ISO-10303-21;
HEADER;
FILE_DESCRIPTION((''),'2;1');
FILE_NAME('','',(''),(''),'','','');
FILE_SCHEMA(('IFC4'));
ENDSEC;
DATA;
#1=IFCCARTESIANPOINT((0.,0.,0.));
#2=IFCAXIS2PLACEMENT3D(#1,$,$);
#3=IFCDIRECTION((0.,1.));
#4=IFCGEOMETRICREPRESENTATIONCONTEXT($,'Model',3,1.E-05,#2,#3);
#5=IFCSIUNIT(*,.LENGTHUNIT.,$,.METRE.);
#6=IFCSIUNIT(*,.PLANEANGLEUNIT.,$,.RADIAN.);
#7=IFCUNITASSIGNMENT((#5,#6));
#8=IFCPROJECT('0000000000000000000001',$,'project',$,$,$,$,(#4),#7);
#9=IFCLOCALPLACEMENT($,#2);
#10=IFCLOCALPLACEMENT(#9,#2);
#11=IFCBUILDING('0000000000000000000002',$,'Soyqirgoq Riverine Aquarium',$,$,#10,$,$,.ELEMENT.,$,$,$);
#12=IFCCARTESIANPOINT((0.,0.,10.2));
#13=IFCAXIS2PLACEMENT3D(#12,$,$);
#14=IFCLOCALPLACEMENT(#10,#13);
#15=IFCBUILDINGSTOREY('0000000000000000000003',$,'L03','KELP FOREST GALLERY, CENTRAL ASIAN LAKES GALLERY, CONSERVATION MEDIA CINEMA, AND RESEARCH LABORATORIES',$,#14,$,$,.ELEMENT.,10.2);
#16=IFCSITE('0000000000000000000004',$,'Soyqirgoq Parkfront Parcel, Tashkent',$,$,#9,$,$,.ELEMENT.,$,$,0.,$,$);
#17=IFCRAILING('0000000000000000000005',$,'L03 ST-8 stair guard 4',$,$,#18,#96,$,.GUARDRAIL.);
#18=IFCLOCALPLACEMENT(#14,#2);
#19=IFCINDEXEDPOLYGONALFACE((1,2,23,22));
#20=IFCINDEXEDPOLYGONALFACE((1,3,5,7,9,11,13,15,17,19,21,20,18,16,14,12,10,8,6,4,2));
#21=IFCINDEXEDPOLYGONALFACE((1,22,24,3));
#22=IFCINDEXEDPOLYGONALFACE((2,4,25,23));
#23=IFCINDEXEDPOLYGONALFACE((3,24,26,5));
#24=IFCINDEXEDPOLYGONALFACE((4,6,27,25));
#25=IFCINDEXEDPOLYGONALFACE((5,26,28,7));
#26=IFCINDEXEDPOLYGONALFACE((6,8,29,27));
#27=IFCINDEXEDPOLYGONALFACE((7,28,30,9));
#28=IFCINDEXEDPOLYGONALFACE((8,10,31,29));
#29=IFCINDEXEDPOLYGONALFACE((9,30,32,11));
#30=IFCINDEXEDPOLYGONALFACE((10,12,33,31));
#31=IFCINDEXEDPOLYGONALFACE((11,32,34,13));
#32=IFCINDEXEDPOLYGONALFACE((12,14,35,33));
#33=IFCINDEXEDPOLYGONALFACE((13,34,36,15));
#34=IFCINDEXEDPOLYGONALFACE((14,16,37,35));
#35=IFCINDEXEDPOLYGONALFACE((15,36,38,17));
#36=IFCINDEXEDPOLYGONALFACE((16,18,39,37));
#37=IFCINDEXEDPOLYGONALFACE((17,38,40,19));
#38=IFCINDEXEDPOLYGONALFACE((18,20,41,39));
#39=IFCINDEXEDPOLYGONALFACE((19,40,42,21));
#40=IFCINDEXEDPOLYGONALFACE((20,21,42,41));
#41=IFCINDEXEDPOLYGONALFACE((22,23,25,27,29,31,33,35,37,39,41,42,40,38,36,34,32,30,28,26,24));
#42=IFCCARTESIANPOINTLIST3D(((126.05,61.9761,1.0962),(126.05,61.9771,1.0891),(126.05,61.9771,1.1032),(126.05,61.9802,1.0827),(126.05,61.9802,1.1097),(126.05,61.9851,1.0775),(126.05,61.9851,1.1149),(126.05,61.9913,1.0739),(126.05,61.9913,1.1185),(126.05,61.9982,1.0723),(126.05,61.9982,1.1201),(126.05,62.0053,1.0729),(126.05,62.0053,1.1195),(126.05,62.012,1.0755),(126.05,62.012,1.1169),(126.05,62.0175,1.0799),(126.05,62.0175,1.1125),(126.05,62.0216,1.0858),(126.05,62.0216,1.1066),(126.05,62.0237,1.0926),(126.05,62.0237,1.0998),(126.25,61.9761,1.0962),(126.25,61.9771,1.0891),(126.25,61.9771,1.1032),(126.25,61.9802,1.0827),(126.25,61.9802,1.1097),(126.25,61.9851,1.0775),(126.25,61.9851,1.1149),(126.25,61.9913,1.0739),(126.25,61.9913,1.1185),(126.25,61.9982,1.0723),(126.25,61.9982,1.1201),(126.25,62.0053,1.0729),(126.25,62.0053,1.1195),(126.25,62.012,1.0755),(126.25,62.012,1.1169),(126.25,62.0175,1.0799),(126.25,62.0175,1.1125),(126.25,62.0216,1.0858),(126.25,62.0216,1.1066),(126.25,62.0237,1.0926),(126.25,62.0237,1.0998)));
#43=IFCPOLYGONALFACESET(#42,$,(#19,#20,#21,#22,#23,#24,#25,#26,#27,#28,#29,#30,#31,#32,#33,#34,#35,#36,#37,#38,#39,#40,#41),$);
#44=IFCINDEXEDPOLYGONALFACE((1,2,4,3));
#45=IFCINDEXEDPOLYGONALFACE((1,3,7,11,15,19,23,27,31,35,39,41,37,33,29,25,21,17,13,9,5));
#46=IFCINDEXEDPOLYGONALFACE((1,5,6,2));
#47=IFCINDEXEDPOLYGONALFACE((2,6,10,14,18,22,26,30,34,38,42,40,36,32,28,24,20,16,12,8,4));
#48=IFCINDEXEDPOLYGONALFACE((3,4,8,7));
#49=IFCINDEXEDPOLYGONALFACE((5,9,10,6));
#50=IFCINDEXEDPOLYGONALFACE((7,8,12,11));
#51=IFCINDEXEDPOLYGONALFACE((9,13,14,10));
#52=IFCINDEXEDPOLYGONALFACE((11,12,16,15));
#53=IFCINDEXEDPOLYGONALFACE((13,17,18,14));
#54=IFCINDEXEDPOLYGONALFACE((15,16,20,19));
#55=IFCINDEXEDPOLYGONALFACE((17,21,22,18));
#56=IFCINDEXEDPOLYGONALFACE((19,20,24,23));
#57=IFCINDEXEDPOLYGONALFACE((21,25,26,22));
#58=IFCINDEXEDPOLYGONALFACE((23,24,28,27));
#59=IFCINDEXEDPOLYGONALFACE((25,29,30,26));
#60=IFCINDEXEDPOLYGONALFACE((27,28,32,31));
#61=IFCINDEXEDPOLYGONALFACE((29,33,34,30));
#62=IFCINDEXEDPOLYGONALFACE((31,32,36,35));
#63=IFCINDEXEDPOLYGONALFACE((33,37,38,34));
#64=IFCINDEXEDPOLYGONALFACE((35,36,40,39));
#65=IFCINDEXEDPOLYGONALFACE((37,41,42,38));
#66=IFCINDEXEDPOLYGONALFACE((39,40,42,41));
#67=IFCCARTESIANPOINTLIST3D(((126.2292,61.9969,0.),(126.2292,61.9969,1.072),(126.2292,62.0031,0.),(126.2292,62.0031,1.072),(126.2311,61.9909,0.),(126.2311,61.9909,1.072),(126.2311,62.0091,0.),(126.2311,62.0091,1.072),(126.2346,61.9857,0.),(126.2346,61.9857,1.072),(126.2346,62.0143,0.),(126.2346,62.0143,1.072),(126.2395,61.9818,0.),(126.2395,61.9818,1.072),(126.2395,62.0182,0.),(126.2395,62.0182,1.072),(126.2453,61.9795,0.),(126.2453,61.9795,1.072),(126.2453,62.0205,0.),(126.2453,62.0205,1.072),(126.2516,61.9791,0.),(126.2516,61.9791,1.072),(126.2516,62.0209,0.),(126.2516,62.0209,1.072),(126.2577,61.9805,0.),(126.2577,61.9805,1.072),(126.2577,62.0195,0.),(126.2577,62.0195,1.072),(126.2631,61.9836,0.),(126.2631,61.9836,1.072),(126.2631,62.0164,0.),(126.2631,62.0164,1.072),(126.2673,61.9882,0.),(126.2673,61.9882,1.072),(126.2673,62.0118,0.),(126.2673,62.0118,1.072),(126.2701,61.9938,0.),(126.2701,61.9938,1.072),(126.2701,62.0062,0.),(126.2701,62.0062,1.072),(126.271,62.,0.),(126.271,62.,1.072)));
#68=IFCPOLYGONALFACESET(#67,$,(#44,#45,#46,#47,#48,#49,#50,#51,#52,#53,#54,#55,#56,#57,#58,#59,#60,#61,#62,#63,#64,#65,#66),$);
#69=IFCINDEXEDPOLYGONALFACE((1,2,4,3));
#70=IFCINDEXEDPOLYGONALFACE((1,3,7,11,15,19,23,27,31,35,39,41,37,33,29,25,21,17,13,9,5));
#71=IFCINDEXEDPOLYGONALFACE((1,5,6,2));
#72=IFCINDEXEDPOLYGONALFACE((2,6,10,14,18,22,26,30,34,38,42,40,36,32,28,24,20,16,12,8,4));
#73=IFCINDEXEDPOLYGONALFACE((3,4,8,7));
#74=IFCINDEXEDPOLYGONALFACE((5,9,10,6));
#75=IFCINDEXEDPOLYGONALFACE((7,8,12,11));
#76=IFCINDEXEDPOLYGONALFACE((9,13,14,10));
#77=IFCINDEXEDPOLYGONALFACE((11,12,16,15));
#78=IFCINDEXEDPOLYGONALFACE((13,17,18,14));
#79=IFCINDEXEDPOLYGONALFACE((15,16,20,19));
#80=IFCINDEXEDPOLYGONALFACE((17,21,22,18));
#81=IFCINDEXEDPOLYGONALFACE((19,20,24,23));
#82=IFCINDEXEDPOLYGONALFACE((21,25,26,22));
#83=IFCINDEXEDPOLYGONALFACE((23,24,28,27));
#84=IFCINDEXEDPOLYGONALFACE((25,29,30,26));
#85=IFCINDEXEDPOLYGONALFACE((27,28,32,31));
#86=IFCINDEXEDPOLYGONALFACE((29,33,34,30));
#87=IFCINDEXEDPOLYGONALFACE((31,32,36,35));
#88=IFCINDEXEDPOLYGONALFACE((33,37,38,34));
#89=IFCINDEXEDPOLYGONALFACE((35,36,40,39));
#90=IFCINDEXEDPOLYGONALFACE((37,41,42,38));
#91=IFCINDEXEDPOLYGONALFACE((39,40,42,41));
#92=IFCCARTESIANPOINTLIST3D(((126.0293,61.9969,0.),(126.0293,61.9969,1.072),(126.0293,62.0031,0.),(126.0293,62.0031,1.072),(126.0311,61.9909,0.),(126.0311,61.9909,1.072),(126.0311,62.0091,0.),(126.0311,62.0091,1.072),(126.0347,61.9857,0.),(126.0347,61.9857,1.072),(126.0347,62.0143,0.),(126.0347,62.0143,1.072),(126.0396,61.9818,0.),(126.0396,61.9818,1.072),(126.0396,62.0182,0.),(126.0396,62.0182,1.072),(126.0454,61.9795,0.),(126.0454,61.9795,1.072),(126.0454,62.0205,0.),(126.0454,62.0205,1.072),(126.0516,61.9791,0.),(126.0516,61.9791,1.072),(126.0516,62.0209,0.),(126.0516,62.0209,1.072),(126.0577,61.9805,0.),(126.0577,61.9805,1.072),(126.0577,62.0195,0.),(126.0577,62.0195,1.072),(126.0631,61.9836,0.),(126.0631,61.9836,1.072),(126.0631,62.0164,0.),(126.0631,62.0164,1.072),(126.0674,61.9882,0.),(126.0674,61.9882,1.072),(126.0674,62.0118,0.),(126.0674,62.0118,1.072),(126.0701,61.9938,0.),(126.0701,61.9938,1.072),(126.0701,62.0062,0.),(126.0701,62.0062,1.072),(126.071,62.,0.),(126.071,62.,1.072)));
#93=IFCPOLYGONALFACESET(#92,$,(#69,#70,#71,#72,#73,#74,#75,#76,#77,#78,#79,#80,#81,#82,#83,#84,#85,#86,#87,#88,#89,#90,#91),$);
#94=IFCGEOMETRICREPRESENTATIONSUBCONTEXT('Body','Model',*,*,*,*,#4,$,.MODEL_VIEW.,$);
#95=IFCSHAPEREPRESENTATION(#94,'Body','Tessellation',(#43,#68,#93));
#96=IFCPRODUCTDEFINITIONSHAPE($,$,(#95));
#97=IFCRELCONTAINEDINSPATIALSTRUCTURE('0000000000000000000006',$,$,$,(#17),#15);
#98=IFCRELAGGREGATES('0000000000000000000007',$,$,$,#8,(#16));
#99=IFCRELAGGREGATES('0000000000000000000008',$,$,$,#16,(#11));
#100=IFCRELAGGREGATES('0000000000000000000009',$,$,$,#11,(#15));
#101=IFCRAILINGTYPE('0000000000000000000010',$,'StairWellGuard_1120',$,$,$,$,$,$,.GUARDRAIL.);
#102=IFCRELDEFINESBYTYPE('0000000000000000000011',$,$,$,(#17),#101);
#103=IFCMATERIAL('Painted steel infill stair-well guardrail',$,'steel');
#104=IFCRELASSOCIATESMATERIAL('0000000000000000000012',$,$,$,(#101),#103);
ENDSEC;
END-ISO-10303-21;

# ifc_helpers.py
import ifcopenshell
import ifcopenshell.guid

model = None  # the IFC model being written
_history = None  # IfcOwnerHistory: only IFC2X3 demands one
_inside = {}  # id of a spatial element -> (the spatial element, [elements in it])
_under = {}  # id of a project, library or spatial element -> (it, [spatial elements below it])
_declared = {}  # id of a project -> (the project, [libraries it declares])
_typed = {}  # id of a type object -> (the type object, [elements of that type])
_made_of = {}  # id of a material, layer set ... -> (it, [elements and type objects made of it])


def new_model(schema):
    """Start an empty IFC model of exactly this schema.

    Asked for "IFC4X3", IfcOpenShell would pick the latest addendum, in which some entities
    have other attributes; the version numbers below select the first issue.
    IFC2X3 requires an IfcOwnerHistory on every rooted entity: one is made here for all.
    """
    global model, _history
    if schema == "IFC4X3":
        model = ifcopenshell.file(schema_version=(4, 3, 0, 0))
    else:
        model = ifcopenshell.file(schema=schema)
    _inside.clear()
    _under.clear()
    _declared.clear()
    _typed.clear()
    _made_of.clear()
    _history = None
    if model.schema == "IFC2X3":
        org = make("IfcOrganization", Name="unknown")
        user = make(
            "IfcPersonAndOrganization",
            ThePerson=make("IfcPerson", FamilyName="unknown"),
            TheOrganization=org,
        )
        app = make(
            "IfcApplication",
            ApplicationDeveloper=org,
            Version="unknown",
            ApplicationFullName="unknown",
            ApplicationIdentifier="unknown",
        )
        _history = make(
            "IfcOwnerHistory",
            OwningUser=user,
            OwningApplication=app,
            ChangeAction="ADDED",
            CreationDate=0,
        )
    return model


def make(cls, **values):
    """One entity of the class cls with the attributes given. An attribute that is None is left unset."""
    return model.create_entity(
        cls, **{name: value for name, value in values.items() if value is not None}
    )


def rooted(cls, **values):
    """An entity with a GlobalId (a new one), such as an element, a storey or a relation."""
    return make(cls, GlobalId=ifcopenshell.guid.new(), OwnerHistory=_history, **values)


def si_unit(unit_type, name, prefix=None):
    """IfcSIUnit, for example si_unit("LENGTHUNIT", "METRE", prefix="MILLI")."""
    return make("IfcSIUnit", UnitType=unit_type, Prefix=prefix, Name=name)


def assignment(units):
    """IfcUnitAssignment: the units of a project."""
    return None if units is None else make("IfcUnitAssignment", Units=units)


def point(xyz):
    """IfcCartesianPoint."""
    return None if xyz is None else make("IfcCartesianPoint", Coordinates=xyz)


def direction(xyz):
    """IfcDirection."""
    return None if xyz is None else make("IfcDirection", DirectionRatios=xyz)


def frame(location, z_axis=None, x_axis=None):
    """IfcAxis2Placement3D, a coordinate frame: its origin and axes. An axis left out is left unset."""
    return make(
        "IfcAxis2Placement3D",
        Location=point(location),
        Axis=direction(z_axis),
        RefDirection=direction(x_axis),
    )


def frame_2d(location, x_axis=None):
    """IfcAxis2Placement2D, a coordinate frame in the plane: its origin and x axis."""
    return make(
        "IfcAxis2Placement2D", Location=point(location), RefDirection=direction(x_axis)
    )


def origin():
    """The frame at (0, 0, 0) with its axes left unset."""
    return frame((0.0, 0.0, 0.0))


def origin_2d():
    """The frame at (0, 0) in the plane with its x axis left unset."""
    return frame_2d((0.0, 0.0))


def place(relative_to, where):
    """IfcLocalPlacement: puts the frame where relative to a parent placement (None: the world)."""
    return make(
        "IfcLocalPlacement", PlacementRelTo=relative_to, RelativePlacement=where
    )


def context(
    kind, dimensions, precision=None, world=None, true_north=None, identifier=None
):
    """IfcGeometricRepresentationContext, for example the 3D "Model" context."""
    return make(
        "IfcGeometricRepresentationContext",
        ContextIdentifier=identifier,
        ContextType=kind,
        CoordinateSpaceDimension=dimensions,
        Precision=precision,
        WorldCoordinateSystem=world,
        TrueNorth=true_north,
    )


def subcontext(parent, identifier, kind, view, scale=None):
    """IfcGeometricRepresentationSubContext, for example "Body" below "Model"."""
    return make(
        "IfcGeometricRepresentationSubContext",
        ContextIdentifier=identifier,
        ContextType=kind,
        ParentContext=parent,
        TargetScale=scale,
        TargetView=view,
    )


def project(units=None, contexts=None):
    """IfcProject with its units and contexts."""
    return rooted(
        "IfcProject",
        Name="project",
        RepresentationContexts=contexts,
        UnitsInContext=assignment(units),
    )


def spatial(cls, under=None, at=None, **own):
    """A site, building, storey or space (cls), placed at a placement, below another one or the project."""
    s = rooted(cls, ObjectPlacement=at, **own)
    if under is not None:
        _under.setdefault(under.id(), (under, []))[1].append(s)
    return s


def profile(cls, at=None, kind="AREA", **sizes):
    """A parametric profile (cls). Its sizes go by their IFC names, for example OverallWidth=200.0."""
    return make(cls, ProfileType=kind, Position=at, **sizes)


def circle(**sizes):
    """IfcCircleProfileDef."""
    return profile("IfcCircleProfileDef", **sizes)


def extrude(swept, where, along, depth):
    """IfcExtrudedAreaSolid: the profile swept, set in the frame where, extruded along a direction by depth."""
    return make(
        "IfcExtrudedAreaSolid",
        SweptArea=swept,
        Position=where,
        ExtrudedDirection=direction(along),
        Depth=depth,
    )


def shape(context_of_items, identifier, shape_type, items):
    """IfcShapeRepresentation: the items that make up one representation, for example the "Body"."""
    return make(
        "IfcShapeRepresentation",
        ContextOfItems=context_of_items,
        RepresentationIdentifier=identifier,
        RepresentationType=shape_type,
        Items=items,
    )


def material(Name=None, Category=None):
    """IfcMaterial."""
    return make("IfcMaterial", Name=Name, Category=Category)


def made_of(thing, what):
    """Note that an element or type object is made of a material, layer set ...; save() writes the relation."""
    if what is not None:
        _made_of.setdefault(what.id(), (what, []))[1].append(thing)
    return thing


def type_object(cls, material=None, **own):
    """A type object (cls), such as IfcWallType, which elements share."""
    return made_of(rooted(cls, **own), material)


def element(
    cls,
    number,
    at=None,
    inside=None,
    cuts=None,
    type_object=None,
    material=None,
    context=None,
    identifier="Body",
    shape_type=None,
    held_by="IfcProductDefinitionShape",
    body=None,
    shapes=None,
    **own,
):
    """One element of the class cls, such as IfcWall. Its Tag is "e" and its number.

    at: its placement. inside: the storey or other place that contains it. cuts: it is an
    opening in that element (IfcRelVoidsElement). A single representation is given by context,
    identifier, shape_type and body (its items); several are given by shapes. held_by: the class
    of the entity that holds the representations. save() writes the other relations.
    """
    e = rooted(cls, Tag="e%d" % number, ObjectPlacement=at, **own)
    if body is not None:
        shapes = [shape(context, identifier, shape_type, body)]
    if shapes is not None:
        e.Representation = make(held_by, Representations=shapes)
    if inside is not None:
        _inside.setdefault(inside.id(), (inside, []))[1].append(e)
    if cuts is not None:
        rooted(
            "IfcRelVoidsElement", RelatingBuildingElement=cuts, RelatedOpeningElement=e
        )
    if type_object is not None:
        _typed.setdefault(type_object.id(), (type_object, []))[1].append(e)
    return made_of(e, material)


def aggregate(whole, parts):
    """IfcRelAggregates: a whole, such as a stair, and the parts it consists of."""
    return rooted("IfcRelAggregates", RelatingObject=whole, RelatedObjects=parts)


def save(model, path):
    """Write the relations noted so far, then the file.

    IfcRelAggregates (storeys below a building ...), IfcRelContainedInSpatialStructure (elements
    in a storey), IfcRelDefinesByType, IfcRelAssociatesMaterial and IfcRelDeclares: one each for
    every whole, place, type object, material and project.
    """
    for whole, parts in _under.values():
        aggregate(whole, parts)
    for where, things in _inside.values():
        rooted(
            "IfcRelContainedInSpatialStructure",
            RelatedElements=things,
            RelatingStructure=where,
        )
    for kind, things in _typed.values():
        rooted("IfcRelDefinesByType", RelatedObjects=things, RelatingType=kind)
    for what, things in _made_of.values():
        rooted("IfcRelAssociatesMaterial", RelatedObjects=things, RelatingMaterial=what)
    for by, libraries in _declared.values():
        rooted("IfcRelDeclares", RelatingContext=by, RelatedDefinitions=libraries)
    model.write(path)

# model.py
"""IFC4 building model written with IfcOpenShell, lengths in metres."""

from ifc_helpers import new_model, si_unit, direction, frame, origin, origin_2d, place, context, subcontext, project, spatial, circle, extrude, material, type_object, element, save


model = new_model("IFC4")

# Units and contexts
model_context = context("Model", 3, precision=1e-05, world=origin(), true_north=direction((0.0, 1.0)))
body_context = subcontext(model_context, "Body", "Model", "MODEL_VIEW")
ifc_project = project(units=[si_unit("LENGTHUNIT", "METRE"), si_unit("PLANEANGLEUNIT", "RADIAN")], contexts=[model_context])

# Site, building, storey
site_placement = place(None, origin())
site = spatial("IfcSite", under=ifc_project, at=site_placement, Name="Soyqirgoq Parkfront Parcel, Tashkent", CompositionType="ELEMENT", RefElevation=0.0)
building_placement = place(site_placement, origin())
building = spatial("IfcBuilding", under=site, at=building_placement, Name="Soyqirgoq Riverine Aquarium", CompositionType="ELEMENT")
storey_placement = place(building_placement, frame((0.0, 0.0, 10.2)))
storey = spatial("IfcBuildingStorey", under=building, at=storey_placement, Name="L03", Description="KELP FOREST GALLERY, CENTRAL ASIAN LAKES GALLERY, CONSERVATION MEDIA CINEMA, AND RESEARCH LABORATORIES", CompositionType="ELEMENT", Elevation=10.2)

# Railing
ifc_material_1 = material(Name="Painted steel infill stair-well guardrail", Category="steel")
railing_type_1 = type_object("IfcRailingType", Name="StairWellGuard_1120", PredefinedType="GUARDRAIL", material=ifc_material_1)
railing_1_placement = place(storey_placement, frame((126.25, 62.0, 0.0)))
element("IfcRailing", 1, at=railing_1_placement, inside=storey, type_object=railing_type_1, Name="L03 ST-8 stair guard 4", PredefinedType="GUARDRAIL", context=body_context, shape_type="SweptSolid", body=[
    extrude(circle(Radius=0.0239, at=origin_2d()), frame((0.0, 0.0, 1.0962), z_axis=(-1.0, 0.0, 0.0), x_axis=(0.0, -1.0, 0.0)), (0.0, 0.0, 1.0), 0.2),
    extrude(circle(Radius=0.021, at=origin_2d()), origin(), (0.0, 0.0, 1.0), 1.072),
    extrude(circle(Radius=0.021, at=origin_2d()), frame((-0.2, 0.0, 0.0)), (0.0, 0.0, 1.0), 1.072),
])

save(model, "model.ifc")
